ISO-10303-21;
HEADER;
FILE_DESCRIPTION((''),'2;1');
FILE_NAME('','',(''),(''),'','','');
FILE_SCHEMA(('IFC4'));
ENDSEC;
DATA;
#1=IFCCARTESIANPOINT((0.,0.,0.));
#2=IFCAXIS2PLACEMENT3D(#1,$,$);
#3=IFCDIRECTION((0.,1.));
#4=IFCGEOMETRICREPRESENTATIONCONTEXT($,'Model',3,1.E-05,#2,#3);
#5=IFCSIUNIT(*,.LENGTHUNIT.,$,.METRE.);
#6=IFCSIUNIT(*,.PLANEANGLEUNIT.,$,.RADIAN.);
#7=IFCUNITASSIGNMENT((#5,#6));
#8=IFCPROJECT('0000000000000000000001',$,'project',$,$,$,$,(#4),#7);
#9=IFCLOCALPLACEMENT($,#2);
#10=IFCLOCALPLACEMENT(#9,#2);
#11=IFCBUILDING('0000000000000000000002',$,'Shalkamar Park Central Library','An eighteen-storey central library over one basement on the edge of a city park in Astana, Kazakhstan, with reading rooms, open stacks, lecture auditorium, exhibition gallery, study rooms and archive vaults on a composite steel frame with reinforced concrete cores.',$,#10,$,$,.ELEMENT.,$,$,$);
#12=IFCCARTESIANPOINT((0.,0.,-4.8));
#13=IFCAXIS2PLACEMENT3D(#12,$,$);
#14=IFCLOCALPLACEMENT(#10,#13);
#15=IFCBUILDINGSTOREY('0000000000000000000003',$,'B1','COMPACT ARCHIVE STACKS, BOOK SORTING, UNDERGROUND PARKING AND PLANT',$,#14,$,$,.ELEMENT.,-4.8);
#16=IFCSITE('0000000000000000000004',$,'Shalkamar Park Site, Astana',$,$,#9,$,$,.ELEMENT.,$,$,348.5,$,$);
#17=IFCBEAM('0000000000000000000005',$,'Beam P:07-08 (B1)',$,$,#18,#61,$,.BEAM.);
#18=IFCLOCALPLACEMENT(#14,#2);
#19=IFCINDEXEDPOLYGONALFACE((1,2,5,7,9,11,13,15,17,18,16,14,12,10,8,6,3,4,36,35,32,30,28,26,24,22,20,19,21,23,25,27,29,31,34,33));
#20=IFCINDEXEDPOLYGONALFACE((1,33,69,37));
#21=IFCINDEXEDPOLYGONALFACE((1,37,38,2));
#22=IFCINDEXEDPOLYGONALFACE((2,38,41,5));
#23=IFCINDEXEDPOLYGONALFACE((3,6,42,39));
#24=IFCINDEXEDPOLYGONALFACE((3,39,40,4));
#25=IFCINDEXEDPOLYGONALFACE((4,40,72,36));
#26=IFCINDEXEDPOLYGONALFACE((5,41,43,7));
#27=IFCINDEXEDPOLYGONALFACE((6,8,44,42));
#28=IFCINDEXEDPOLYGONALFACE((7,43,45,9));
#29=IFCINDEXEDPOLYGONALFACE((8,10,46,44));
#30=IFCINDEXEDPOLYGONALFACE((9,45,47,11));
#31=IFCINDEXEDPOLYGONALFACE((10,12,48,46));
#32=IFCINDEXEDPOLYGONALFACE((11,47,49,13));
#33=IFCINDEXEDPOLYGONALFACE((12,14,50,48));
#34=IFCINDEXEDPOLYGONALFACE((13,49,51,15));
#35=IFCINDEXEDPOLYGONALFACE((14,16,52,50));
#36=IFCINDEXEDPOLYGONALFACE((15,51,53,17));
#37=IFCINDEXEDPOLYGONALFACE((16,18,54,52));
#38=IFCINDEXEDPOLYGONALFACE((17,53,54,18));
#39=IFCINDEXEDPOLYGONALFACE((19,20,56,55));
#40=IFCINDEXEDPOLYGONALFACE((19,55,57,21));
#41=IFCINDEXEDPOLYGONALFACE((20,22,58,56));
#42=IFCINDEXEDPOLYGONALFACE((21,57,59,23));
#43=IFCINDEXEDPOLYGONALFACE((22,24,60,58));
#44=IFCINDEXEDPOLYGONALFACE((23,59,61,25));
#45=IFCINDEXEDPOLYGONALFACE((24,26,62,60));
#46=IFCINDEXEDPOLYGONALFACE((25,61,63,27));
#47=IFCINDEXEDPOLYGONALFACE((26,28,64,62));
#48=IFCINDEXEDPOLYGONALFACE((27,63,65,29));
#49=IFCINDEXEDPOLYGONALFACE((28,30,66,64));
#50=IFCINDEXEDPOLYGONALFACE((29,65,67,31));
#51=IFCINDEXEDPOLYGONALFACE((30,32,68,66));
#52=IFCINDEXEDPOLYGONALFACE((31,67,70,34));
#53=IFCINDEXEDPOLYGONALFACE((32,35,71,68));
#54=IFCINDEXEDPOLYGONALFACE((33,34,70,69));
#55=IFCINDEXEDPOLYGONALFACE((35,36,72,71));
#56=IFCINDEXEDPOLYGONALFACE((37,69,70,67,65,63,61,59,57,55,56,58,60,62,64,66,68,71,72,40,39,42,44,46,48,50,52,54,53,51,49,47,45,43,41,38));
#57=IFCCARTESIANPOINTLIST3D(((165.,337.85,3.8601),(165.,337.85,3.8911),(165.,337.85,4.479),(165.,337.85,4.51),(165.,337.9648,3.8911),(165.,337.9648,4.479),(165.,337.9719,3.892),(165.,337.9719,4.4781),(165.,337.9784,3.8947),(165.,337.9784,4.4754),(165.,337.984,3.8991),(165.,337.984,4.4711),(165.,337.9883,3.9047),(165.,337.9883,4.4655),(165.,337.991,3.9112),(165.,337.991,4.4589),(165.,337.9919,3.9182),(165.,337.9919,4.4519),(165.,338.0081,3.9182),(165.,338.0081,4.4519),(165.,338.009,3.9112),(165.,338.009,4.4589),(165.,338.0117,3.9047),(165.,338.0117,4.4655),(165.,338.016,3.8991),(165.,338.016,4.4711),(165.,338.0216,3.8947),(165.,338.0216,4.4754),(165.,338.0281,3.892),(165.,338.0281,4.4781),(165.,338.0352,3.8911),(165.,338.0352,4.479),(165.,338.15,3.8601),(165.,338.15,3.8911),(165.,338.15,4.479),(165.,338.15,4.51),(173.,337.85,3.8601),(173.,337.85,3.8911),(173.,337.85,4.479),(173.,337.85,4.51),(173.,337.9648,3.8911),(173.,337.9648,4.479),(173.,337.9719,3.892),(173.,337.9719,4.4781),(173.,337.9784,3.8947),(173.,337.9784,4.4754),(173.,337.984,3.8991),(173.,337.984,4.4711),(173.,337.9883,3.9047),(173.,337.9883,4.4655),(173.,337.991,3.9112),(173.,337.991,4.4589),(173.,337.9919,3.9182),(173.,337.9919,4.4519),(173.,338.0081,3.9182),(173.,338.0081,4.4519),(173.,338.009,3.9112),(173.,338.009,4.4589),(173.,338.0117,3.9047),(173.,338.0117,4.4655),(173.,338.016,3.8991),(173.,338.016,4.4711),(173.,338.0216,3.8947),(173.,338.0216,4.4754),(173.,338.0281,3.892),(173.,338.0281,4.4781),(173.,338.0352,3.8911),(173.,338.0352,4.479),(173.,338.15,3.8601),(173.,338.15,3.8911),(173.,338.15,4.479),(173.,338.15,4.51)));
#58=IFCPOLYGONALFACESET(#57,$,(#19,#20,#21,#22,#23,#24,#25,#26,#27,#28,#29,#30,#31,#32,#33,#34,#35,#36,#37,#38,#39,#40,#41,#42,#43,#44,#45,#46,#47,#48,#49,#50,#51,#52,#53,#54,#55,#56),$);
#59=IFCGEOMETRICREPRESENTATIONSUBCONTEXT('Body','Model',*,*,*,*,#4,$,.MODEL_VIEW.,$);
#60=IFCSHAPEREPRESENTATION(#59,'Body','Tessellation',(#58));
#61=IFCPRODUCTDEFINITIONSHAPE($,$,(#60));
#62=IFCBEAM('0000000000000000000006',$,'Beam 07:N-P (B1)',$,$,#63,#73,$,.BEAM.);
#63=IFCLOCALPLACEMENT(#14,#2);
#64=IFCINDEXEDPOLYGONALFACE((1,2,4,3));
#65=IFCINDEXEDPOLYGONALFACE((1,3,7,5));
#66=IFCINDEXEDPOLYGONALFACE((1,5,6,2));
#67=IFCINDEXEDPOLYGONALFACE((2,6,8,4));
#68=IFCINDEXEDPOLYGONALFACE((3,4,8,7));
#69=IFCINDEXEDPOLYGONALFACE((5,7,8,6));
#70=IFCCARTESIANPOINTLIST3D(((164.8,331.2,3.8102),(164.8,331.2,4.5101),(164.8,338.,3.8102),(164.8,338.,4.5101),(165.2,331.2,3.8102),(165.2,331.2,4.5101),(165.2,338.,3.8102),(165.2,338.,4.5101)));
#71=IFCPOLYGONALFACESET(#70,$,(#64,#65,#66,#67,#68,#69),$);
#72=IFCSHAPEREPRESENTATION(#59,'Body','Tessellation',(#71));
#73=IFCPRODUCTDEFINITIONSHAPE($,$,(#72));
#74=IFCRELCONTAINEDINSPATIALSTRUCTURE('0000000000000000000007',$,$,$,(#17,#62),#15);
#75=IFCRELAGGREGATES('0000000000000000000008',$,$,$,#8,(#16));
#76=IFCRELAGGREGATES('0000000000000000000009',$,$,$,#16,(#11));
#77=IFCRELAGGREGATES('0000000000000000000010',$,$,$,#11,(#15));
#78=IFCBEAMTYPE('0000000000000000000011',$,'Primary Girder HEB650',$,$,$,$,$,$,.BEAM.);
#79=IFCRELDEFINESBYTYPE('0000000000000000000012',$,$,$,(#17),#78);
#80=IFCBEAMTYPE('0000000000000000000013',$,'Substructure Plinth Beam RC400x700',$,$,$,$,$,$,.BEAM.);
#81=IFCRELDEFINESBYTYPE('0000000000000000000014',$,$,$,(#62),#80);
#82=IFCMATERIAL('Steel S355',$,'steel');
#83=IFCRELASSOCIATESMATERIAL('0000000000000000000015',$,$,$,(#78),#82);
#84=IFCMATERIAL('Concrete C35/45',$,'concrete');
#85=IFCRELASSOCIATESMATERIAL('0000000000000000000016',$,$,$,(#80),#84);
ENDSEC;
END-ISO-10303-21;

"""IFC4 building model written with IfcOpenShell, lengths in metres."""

from ifc_helpers import new_model, si_unit, direction, frame, origin, origin_2d, place, context, subcontext, project, spatial, rectangle, i_section, extrude, material, material_profile, profile_set, type_object, element, save


model = new_model("IFC4")

# Units and contexts
model_context = context("Model", 3, precision=1e-05, world=origin(), true_north=direction((0.0, 1.0)))
body_context = subcontext(model_context, "Body", "Model", "MODEL_VIEW")
ifc_project = project(units=[si_unit("LENGTHUNIT", "METRE"), si_unit("PLANEANGLEUNIT", "RADIAN")], contexts=[model_context])

# Site, building, storey
site_placement = place(None, origin())
site = spatial("IfcSite", under=ifc_project, at=site_placement, Name="Shalkamar Park Site, Astana", CompositionType="ELEMENT", RefElevation=348.5)
building_placement = place(site_placement, origin())
building = spatial("IfcBuilding", under=site, at=building_placement, Name="Shalkamar Park Central Library", Description="An eighteen-storey central library over one basement on the edge of a city park in Astana, Kazakhstan, with reading rooms, open stacks, lecture auditorium, exhibition gallery, study rooms and archive vaults on a composite steel frame with reinforced concrete cores.", CompositionType="ELEMENT")
storey_placement = place(building_placement, frame((0.0, 0.0, -4.8)))
storey = spatial("IfcBuildingStorey", under=building, at=storey_placement, Name="B1", Description="COMPACT ARCHIVE STACKS, BOOK SORTING, UNDERGROUND PARKING AND PLANT", CompositionType="ELEMENT", Elevation=-4.8)

# Shared definitions
ifc_material_1 = material(Name="Concrete C35/45", Category="concrete")

# Shared definitions
ifc_material_2 = material(Name="Steel S355", Category="steel")

# Beams
ifc_material_profile_1 = material_profile(ifc_material_2, i_section(OverallWidth=0.3, OverallDepth=0.6499, WebThickness=0.0161, FlangeThickness=0.031, FilletRadius=0.0271, at=origin_2d()), Name="HEB 650")
ifc_profile_set_1 = profile_set([ifc_material_profile_1], Name="Steel S355")
beam_type_1 = type_object("IfcBeamType", Name="Primary Girder HEB650", PredefinedType="BEAM", material=ifc_profile_set_1)
for number, where, z_axis, x_axis, name in (
    (1, (165.0, 338.0, 4.1851), (1.0, 0.0, 0.0), (0.0, 1.0, 0.0), "Beam P:07-08 (B1)"),
):
    element("IfcBeam", number, at=place(storey_placement, frame(where, z_axis=z_axis, x_axis=x_axis)), inside=storey, type_object=beam_type_1, Name=name, PredefinedType="BEAM", context=body_context, shape_type="SweptSolid", body=[
        extrude(i_section(OverallWidth=0.3, OverallDepth=0.6499, WebThickness=0.0161, FlangeThickness=0.031, FilletRadius=0.0271, at=origin_2d()), origin(), (0.0, 0.0, 1.0), 8.0),
    ])
ifc_material_profile_2 = material_profile(ifc_material_1, rectangle(XDim=0.3999, YDim=0.7, at=origin_2d()), Name="RC 400x700")
ifc_profile_set_2 = profile_set([ifc_material_profile_2], Name="Concrete C35/45")
beam_type_2 = type_object("IfcBeamType", Name="Substructure Plinth Beam RC400x700", PredefinedType="BEAM", material=ifc_profile_set_2)
beam_1_placement = place(storey_placement, frame((165.0, 331.2, 4.1602), z_axis=(0.0, 1.0, 0.0), x_axis=(-1.0, 0.0, 0.0)))
element("IfcBeam", 2, at=beam_1_placement, inside=storey, type_object=beam_type_2, Name="Beam 07:N-P (B1)", PredefinedType="BEAM", context=body_context, shape_type="SweptSolid", body=[
    extrude(rectangle(XDim=0.3999, YDim=0.7, at=origin_2d()), origin(), (0.0, 0.0, 1.0), 6.8),
])

save(model, "model.ifc")
